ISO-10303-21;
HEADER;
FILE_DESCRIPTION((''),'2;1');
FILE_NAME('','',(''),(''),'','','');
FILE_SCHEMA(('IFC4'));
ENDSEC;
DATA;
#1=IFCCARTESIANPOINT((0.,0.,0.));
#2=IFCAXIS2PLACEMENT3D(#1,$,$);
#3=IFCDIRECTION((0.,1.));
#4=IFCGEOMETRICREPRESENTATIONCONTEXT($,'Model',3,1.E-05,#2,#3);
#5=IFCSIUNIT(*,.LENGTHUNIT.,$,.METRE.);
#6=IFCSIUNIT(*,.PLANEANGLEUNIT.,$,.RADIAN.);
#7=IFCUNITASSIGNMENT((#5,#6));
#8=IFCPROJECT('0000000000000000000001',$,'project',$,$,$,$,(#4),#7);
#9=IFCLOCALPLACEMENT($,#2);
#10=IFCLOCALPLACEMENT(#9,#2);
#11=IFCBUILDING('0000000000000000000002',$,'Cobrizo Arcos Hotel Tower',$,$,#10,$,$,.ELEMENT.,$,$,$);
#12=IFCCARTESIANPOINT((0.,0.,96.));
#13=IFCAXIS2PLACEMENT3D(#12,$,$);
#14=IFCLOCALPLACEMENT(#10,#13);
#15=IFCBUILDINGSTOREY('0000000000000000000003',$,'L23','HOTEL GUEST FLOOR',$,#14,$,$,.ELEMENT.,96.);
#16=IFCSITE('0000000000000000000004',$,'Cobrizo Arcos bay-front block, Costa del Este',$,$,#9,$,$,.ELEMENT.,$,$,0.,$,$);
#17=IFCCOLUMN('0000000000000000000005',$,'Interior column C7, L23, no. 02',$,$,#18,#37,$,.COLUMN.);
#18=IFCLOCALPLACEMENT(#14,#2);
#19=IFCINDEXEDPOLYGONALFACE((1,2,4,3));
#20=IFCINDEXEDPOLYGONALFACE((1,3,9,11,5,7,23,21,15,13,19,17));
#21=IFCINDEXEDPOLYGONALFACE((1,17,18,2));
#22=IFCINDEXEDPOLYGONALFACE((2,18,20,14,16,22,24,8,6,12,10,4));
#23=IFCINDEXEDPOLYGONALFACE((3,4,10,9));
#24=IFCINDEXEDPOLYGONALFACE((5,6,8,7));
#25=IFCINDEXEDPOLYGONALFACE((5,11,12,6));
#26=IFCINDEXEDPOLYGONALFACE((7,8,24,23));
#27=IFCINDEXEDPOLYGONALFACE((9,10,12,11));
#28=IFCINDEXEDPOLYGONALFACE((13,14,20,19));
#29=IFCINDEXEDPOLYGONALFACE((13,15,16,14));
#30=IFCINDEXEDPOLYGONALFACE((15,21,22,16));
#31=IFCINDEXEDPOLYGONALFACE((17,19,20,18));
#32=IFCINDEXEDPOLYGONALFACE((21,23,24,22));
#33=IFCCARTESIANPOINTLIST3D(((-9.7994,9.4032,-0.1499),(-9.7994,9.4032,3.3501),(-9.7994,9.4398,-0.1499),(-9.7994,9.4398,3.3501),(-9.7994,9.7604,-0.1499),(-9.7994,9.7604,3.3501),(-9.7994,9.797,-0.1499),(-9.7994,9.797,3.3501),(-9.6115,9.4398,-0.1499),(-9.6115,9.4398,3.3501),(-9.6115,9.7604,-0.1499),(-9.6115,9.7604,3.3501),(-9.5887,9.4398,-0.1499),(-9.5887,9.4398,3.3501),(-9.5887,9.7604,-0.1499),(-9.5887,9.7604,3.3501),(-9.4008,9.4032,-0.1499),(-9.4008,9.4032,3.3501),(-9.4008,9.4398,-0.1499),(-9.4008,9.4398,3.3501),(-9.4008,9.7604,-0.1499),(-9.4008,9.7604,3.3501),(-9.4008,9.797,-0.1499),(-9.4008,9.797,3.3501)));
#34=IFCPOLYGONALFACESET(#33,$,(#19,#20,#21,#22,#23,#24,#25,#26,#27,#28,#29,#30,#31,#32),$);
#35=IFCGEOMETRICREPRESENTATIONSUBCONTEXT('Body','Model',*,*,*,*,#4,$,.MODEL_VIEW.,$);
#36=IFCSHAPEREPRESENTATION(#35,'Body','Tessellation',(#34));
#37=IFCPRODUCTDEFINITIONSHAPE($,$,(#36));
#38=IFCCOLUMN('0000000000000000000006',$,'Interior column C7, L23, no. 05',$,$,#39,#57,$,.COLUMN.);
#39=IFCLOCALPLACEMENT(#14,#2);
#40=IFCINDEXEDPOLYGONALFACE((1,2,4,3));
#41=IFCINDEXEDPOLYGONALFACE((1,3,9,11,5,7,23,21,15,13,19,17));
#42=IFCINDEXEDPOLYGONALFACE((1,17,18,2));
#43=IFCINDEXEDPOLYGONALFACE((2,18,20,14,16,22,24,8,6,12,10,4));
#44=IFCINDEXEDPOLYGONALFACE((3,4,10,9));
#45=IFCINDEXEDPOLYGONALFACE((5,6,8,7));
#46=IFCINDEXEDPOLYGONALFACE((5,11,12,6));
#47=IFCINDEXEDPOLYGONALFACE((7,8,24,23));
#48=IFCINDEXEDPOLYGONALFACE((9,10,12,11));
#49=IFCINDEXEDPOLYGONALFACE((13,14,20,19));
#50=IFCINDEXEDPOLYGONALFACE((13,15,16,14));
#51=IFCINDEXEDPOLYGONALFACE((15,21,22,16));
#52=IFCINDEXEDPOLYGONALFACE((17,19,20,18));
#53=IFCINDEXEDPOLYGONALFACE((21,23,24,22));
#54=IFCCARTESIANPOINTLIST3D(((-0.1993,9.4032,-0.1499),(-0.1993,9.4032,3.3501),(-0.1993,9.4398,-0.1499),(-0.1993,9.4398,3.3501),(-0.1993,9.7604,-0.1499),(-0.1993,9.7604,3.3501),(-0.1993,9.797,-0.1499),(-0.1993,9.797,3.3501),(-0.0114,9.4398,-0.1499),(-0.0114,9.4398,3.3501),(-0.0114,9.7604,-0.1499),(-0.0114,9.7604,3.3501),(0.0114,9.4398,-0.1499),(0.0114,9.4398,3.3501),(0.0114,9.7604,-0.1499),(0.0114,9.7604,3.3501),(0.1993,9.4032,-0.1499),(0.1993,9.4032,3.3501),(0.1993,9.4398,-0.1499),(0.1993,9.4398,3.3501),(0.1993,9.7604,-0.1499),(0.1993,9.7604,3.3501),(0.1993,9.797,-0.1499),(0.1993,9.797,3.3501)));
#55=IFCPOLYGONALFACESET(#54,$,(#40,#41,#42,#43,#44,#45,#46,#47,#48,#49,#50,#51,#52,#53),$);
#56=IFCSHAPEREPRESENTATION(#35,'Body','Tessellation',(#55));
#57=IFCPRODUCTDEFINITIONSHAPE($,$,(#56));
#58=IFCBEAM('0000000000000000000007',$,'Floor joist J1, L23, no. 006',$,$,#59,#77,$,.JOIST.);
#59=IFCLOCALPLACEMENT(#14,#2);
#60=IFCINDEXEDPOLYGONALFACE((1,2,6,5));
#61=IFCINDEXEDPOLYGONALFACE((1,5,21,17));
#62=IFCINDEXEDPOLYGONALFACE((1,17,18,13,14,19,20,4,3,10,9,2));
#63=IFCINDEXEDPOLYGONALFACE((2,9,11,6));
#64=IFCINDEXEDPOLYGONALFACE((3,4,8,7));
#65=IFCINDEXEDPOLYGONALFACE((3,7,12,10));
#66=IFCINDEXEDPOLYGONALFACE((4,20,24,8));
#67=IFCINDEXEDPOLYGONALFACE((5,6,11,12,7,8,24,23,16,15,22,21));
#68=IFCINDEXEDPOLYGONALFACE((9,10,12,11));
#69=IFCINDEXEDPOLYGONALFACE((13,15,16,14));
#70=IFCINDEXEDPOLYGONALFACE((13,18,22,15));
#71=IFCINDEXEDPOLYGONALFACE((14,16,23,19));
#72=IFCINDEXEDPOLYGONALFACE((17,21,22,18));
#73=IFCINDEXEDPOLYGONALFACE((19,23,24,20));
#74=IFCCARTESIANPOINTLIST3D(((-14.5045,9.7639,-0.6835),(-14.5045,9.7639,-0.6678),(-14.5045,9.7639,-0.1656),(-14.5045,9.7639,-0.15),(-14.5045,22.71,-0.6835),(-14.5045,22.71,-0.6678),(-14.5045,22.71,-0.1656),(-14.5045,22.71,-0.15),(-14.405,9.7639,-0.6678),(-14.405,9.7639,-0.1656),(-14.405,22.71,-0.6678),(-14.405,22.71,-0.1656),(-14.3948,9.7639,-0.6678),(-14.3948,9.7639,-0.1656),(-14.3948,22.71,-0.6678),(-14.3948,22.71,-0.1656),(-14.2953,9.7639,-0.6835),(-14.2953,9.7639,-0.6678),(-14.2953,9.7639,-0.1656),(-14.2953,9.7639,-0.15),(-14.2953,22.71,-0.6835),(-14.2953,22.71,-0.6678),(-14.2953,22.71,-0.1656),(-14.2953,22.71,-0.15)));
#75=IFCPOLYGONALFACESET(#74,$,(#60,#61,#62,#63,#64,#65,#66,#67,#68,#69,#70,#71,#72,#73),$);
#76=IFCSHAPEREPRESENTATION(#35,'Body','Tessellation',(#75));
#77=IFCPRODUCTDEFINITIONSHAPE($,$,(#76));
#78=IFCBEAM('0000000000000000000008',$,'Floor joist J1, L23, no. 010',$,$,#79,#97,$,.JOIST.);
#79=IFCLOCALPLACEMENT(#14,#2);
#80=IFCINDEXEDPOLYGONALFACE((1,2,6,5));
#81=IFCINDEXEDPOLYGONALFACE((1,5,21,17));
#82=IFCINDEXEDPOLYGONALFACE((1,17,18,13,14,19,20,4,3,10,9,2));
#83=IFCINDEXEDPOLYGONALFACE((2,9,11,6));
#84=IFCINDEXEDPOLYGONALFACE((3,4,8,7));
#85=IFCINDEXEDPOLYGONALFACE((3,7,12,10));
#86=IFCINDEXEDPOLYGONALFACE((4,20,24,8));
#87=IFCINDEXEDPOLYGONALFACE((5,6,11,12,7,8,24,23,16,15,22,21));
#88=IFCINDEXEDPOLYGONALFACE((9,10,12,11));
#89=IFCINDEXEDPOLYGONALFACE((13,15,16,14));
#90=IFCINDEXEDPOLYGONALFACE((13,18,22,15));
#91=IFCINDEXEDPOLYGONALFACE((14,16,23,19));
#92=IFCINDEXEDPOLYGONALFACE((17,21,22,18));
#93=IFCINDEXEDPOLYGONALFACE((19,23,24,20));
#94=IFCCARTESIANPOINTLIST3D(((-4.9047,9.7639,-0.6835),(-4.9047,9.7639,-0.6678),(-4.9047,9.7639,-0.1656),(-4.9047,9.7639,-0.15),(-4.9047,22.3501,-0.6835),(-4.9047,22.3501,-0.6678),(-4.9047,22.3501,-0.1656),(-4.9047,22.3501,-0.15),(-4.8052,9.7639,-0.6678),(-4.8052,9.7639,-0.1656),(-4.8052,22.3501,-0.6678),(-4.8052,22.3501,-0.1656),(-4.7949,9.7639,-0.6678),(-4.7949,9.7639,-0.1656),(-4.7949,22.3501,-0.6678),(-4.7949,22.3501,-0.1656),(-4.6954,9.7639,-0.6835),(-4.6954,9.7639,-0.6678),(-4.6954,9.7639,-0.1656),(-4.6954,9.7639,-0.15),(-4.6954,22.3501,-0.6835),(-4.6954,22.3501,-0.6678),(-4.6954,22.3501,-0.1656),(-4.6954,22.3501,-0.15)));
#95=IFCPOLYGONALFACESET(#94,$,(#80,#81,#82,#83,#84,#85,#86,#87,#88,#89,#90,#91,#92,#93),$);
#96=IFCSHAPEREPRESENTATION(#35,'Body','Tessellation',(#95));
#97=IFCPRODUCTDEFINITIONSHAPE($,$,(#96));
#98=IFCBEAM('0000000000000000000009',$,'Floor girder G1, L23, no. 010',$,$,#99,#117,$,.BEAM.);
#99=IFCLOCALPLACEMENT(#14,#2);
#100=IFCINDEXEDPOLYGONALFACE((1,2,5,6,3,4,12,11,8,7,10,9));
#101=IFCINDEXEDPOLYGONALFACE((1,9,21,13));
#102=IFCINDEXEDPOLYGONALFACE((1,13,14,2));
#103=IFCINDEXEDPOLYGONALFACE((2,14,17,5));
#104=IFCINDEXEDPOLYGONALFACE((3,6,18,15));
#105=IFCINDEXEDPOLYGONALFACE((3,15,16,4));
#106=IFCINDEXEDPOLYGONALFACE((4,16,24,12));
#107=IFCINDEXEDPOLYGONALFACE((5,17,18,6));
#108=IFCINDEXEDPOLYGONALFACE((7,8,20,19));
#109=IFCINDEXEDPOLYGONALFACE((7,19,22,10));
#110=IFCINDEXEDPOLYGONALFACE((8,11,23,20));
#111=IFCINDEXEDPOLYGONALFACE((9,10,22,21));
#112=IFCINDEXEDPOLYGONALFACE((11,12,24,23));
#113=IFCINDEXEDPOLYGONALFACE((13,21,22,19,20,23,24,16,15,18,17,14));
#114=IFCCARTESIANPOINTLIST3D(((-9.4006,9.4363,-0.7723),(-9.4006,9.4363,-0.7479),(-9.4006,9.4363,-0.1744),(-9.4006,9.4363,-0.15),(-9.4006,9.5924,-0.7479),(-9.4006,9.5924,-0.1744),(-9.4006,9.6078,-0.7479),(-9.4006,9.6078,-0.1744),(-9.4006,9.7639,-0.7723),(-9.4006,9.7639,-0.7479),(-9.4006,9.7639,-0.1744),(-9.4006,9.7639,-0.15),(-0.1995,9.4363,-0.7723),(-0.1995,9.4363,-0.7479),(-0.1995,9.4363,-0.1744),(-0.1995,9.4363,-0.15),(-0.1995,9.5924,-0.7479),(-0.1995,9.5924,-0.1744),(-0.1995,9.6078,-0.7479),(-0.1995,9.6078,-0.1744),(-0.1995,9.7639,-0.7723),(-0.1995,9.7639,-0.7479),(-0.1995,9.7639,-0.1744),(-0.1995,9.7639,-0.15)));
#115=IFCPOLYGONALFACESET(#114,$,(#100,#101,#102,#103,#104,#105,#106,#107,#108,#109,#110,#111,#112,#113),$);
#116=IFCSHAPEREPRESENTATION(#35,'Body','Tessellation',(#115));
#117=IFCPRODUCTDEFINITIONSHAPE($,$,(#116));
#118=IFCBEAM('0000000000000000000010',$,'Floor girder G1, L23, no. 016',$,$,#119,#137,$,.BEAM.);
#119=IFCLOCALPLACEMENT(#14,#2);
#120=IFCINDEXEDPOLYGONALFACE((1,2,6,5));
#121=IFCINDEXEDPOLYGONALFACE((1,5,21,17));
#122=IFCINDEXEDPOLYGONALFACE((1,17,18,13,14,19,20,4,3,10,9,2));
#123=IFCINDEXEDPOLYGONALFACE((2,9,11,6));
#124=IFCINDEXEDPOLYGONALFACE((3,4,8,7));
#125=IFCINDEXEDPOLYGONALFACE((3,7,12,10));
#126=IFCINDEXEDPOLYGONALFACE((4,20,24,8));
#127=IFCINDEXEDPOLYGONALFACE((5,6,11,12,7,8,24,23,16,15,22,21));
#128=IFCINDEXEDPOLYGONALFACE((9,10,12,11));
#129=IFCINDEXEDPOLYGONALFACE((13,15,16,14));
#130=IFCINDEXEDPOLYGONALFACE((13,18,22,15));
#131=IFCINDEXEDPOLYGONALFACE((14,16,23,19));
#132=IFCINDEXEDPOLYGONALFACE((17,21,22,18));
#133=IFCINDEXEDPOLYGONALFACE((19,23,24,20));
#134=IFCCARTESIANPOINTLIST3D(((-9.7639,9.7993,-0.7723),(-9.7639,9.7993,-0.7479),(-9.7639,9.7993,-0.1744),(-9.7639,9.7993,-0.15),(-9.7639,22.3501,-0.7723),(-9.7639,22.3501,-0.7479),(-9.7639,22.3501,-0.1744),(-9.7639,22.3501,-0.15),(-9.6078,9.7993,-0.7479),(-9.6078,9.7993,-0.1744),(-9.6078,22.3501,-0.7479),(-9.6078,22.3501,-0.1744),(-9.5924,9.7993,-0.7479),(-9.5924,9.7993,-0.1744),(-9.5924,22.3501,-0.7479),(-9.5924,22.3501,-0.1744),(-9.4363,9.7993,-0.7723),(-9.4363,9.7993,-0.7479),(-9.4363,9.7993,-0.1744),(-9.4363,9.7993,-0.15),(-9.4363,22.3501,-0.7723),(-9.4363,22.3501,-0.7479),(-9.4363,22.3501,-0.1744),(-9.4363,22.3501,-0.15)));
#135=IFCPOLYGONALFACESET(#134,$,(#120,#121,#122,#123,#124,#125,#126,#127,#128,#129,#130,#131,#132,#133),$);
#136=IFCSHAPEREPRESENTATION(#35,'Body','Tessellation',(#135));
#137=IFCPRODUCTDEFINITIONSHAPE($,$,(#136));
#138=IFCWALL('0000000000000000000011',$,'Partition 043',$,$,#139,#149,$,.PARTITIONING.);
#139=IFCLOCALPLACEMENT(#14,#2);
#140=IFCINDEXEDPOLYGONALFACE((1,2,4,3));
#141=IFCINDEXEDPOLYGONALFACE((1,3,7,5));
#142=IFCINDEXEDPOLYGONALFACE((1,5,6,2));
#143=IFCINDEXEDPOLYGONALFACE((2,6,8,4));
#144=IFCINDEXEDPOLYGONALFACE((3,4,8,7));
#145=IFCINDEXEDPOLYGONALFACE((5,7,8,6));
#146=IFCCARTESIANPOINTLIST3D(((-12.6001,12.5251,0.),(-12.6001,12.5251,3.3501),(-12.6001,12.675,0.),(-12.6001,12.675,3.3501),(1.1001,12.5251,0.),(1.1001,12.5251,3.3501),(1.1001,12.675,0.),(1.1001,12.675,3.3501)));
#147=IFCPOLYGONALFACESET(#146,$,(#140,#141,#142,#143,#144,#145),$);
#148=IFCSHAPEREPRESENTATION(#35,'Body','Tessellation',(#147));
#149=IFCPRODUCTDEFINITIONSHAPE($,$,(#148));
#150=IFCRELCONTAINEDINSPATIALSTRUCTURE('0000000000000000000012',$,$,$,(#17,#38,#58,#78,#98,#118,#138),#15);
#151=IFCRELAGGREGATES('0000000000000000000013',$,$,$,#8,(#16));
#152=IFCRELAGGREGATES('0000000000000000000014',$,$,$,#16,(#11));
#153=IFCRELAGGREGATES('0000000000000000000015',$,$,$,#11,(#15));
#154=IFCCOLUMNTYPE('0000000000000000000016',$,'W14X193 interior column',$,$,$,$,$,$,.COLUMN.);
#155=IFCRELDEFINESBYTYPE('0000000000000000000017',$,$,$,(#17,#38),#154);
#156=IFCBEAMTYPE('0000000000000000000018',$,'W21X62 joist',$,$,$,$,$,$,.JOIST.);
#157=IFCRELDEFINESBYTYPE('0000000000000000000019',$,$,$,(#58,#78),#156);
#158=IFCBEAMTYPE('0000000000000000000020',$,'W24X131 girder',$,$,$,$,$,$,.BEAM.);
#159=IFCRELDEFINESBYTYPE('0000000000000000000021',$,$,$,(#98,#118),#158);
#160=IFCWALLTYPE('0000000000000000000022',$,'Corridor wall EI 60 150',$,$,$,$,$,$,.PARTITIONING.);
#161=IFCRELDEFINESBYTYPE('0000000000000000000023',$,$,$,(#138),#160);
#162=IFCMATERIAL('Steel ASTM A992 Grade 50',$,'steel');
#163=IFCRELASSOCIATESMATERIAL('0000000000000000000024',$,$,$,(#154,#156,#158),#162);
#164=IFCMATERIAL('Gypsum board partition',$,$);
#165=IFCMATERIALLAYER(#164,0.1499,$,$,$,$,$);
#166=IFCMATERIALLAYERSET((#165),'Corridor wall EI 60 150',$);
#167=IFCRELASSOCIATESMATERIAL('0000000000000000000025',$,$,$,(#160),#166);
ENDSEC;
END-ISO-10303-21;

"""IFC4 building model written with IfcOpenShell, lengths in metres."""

from ifc_helpers import new_model, si_unit, direction, frame, frame_2d, origin, origin_2d, place, context, subcontext, project, spatial, rectangle, i_section, extrude, material, layer, layer_set, material_profile, profile_set, type_object, element, save


model = new_model("IFC4")

# Units and contexts
model_context = context("Model", 3, precision=1e-05, world=origin(), true_north=direction((0.0, 1.0)))
body_context = subcontext(model_context, "Body", "Model", "MODEL_VIEW")
ifc_project = project(units=[si_unit("LENGTHUNIT", "METRE"), si_unit("PLANEANGLEUNIT", "RADIAN")], contexts=[model_context])

# Site, building, storey
site_placement = place(None, origin())
site = spatial("IfcSite", under=ifc_project, at=site_placement, Name="Cobrizo Arcos bay-front block, Costa del Este", CompositionType="ELEMENT", RefElevation=0.0)
building_placement = place(site_placement, origin())
building = spatial("IfcBuilding", under=site, at=building_placement, Name="Cobrizo Arcos Hotel Tower", CompositionType="ELEMENT")
storey_placement = place(building_placement, frame((0.0, 0.0, 96.0)))
storey = spatial("IfcBuildingStorey", under=building, at=storey_placement, Name="L23", Description="HOTEL GUEST FLOOR", CompositionType="ELEMENT", Elevation=96.0)

# Columns
ifc_material_1 = material(Name="Steel ASTM A992 Grade 50", Category="steel")
ifc_material_profile_1 = material_profile(ifc_material_1, i_section(OverallWidth=0.3987, OverallDepth=0.3938, WebThickness=0.0227, FlangeThickness=0.0366, at=origin_2d()), Name="W14X193")
ifc_profile_set_1 = profile_set([ifc_material_profile_1], Name="Steel ASTM A992 Grade 50")
column_type = type_object("IfcColumnType", Name="W14X193 interior column", PredefinedType="COLUMN", material=ifc_profile_set_1)
for number, where, z_axis, x_axis, name in (
    (1, (-9.6001, 9.6001, -0.1499), (0.0, 0.0, 1.0), (1.0, 0.0, 0.0), "Interior column C7, L23, no. 02"),
    (2, (0.0, 9.6001, -0.1499), (0.0, 0.0, 1.0), (1.0, 0.0, 0.0), "Interior column C7, L23, no. 05"),
):
    element("IfcColumn", number, at=place(storey_placement, frame(where, z_axis=z_axis, x_axis=x_axis)), inside=storey, type_object=column_type, Name=name, PredefinedType="COLUMN", context=body_context, shape_type="SweptSolid", body=[
        extrude(i_section(OverallWidth=0.3987, OverallDepth=0.3938, WebThickness=0.0227, FlangeThickness=0.0366, at=origin_2d()), origin(), (0.0, 0.0, 1.0), 3.5),
    ])

# Beams
ifc_material_profile_2 = material_profile(ifc_material_1, i_section(OverallWidth=0.2092, OverallDepth=0.5334, WebThickness=0.0103, FlangeThickness=0.0156, at=origin_2d()), Name="W21X62")
ifc_profile_set_2 = profile_set([ifc_material_profile_2], Name="Steel ASTM A992 Grade 50")
beam_type_1 = type_object("IfcBeamType", Name="W21X62 joist", PredefinedType="JOIST", material=ifc_profile_set_2)
beam_1_placement = place(storey_placement, frame((-14.3999, 9.7639, -0.4167), z_axis=(0.0, 1.0, 0.0), x_axis=(-1.0, 0.0, 0.0)))
element("IfcBeam", 3, at=beam_1_placement, inside=storey, type_object=beam_type_1, Name="Floor joist J1, L23, no. 006", PredefinedType="JOIST", context=body_context, shape_type="SweptSolid", body=[
    extrude(i_section(OverallWidth=0.2092, OverallDepth=0.5334, WebThickness=0.0103, FlangeThickness=0.0156, at=origin_2d()), origin(), (0.0, 0.0, 1.0), 12.946),
])
beam_2_placement = place(storey_placement, frame((-4.8, 9.7639, -0.4167), z_axis=(0.0, 1.0, 0.0), x_axis=(-1.0, 0.0, 0.0)))
element("IfcBeam", 4, at=beam_2_placement, inside=storey, type_object=beam_type_1, Name="Floor joist J1, L23, no. 010", PredefinedType="JOIST", context=body_context, shape_type="SweptSolid", body=[
    extrude(i_section(OverallWidth=0.2092, OverallDepth=0.5334, WebThickness=0.0103, FlangeThickness=0.0156, at=origin_2d()), origin(), (0.0, 0.0, 1.0), 12.5862),
])
ifc_material_profile_3 = material_profile(ifc_material_1, i_section(OverallWidth=0.3276, OverallDepth=0.6223, WebThickness=0.0154, FlangeThickness=0.0244, at=origin_2d()), Name="W24X131")
ifc_profile_set_3 = profile_set([ifc_material_profile_3], Name="Steel ASTM A992 Grade 50")
beam_type_2 = type_object("IfcBeamType", Name="W24X131 girder", PredefinedType="BEAM", material=ifc_profile_set_3)
beam_3_placement = place(storey_placement, frame((-9.4006, 9.6001, -0.4612), z_axis=(1.0, 0.0, 0.0), x_axis=(0.0, 1.0, 0.0)))
element("IfcBeam", 5, at=beam_3_placement, inside=storey, type_object=beam_type_2, Name="Floor girder G1, L23, no. 010", PredefinedType="BEAM", context=body_context, shape_type="SweptSolid", body=[
    extrude(i_section(OverallWidth=0.3276, OverallDepth=0.6223, WebThickness=0.0154, FlangeThickness=0.0244, at=origin_2d()), origin(), (0.0, 0.0, 1.0), 9.2012),
])
beam_4_placement = place(storey_placement, frame((-9.6001, 9.7993, -0.4612), z_axis=(0.0, 1.0, 0.0), x_axis=(-1.0, 0.0, 0.0)))
element("IfcBeam", 6, at=beam_4_placement, inside=storey, type_object=beam_type_2, Name="Floor girder G1, L23, no. 016", PredefinedType="BEAM", context=body_context, shape_type="SweptSolid", body=[
    extrude(i_section(OverallWidth=0.3276, OverallDepth=0.6223, WebThickness=0.0154, FlangeThickness=0.0244, at=origin_2d()), origin(), (0.0, 0.0, 1.0), 12.5508),
])

# Wall
ifc_material_2 = material(Name="Gypsum board partition")
ifc_layer_1 = layer(ifc_material_2, 0.1499)
ifc_layer_set_1 = layer_set([ifc_layer_1], Name="Corridor wall EI 60 150")
wall_type_1 = type_object("IfcWallType", Name="Corridor wall EI 60 150", PredefinedType="PARTITIONING", material=ifc_layer_set_1)
wall_1_placement = place(storey_placement, frame((-12.6001, 12.6001, 0.0), z_axis=(0.0, 0.0, 1.0), x_axis=(1.0, 0.0, 0.0)))
element("IfcWall", 7, at=wall_1_placement, inside=storey, type_object=wall_type_1, Name="Partition 043", PredefinedType="PARTITIONING", context=body_context, shape_type="SweptSolid", body=[
    extrude(rectangle(XDim=13.7002, YDim=0.1499, at=frame_2d((6.8501, 0.0))), origin(), (0.0, 0.0, 1.0), 3.3501),
])

save(model, "model.ifc")
